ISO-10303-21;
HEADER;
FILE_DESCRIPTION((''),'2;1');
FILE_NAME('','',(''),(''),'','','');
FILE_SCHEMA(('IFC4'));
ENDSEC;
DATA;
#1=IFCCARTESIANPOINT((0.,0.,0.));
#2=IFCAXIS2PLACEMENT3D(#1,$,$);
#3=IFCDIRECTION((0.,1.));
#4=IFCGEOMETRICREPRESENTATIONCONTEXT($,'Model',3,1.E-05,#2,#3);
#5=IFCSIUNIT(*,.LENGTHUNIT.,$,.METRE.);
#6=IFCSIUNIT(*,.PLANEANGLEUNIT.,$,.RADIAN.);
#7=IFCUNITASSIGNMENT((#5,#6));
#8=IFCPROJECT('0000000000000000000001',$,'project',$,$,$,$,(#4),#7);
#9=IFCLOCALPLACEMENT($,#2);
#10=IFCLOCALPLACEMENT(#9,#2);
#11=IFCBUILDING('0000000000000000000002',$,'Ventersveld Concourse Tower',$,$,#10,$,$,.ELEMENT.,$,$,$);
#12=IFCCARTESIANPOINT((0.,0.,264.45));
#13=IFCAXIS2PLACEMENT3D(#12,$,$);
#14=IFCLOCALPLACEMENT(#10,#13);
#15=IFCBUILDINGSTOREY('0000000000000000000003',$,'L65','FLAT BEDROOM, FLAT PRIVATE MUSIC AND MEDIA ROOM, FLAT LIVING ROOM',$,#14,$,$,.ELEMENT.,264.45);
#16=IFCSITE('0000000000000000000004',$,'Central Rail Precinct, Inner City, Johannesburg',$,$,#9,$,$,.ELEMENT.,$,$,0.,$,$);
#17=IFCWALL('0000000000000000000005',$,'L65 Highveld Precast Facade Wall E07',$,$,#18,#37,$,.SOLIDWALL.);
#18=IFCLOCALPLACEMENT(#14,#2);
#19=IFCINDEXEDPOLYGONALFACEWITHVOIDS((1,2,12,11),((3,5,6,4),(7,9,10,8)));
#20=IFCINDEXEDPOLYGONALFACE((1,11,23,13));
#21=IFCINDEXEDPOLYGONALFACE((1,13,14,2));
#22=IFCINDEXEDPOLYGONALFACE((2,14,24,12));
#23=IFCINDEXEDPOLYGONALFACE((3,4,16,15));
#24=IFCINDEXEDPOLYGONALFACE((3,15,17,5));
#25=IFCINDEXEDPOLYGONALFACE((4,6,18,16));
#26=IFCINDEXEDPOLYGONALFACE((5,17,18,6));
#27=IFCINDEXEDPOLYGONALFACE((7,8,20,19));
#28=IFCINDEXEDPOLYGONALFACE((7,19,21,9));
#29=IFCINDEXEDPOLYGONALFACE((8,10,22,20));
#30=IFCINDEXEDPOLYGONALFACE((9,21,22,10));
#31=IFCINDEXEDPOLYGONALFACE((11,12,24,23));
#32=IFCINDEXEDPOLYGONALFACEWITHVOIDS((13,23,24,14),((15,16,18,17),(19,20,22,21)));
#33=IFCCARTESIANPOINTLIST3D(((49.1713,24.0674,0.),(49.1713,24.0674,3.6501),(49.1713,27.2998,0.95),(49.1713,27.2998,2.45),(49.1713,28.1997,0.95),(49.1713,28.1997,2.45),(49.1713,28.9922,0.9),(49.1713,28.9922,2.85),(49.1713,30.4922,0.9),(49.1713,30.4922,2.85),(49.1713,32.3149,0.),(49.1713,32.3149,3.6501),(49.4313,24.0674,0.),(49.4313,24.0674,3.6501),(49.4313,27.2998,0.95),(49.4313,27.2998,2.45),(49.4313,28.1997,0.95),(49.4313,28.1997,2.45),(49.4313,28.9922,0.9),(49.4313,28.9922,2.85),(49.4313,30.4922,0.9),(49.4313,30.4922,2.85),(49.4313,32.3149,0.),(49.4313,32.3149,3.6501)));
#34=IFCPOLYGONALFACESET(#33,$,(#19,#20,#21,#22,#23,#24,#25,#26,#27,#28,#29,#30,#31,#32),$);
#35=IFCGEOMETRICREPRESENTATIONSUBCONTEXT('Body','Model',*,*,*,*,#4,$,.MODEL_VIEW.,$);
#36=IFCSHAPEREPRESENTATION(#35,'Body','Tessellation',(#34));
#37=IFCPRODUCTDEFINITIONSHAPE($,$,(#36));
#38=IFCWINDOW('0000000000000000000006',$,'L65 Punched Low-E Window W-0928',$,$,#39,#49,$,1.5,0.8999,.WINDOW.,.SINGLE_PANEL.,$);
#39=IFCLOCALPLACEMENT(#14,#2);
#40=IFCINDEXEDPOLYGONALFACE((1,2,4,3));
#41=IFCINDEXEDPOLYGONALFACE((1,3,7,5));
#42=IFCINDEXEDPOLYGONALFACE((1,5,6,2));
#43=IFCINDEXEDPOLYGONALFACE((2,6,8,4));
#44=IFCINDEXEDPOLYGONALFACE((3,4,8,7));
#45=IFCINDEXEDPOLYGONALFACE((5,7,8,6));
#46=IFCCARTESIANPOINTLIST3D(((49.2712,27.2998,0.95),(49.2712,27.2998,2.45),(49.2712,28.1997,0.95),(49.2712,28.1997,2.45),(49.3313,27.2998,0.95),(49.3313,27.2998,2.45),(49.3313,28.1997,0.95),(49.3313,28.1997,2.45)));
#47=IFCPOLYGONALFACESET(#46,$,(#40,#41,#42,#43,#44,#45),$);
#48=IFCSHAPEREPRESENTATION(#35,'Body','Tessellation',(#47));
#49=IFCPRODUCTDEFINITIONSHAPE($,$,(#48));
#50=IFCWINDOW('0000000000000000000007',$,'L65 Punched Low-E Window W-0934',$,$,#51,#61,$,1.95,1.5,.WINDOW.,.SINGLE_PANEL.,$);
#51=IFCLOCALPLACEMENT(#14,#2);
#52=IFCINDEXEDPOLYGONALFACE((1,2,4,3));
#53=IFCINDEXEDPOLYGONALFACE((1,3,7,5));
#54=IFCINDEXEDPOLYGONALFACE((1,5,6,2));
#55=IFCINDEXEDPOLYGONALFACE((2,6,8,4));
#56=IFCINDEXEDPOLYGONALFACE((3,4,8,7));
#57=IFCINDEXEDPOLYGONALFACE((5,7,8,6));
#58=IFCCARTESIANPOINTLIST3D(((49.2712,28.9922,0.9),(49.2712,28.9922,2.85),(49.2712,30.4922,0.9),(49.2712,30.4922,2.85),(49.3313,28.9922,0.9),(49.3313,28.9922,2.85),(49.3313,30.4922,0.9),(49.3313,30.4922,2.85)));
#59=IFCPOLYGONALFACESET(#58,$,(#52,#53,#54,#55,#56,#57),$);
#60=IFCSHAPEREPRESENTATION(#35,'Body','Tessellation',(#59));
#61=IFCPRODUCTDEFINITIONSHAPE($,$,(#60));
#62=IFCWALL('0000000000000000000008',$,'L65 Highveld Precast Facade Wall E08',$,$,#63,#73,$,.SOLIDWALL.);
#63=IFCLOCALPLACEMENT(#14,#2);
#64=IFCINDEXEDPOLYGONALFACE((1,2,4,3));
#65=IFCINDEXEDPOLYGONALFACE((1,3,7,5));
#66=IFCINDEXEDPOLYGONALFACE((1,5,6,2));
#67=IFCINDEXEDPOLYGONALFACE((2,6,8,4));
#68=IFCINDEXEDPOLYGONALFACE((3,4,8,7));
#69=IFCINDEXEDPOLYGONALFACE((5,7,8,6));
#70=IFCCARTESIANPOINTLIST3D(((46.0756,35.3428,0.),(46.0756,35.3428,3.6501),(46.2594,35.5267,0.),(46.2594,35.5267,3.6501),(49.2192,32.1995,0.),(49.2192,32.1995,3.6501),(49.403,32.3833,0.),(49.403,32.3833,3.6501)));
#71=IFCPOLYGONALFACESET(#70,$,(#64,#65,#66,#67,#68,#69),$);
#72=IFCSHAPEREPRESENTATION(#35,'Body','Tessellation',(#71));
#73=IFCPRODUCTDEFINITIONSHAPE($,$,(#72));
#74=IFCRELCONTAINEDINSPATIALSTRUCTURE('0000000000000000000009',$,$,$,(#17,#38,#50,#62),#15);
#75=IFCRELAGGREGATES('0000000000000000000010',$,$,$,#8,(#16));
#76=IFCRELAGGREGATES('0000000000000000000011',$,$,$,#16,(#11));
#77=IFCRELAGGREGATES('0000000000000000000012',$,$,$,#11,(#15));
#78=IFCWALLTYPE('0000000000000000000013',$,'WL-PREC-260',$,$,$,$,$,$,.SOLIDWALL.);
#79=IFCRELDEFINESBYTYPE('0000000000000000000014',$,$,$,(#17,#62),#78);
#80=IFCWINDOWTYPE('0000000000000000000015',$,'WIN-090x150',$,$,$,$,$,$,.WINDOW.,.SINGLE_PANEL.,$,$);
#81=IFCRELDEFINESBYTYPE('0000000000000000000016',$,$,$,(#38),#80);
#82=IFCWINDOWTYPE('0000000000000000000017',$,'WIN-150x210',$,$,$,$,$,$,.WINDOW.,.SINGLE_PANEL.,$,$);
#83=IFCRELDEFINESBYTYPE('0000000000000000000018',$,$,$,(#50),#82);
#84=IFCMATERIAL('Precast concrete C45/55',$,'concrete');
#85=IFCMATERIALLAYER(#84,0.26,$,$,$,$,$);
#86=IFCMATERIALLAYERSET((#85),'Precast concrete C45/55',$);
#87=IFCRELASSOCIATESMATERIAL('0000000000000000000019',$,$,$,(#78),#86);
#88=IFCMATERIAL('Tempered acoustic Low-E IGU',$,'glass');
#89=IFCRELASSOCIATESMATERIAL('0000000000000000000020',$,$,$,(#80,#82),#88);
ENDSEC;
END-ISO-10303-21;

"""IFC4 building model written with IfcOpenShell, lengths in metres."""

from ifc_helpers import new_model, si_unit, direction, frame, frame_2d, origin, place, context, subcontext, project, spatial, rectangle, extrude, material, layer, layer_set, type_object, element, fill, save


model = new_model("IFC4")

# Units and contexts
model_context = context("Model", 3, precision=1e-05, world=origin(), true_north=direction((0.0, 1.0)))
body_context = subcontext(model_context, "Body", "Model", "MODEL_VIEW")
ifc_project = project(units=[si_unit("LENGTHUNIT", "METRE"), si_unit("PLANEANGLEUNIT", "RADIAN")], contexts=[model_context])

# Site, building, storey
site_placement = place(None, origin())
site = spatial("IfcSite", under=ifc_project, at=site_placement, Name="Central Rail Precinct, Inner City, Johannesburg", CompositionType="ELEMENT", RefElevation=0.0)
building_placement = place(site_placement, origin())
building = spatial("IfcBuilding", under=site, at=building_placement, Name="Ventersveld Concourse Tower", CompositionType="ELEMENT")
storey_placement = place(building_placement, frame((0.0, 0.0, 264.45)))
storey = spatial("IfcBuildingStorey", under=building, at=storey_placement, Name="L65", Description="FLAT BEDROOM, FLAT PRIVATE MUSIC AND MEDIA ROOM, FLAT LIVING ROOM", CompositionType="ELEMENT", Elevation=264.45)

# Shared definitions
ifc_material_1 = material(Name="Precast concrete C45/55", Category="concrete")
ifc_layer_1 = layer(ifc_material_1, 0.26)
ifc_layer_set_1 = layer_set([ifc_layer_1], Name="Precast concrete C45/55")
wall_type_1 = type_object("IfcWallType", Name="WL-PREC-260", PredefinedType="SOLIDWALL", material=ifc_layer_set_1)

# Wall, openings, windows
wall_1_placement = place(storey_placement, frame((49.3013, 24.0674, 0.0), z_axis=(0.0, 0.0, 1.0), x_axis=(0.0, 1.0, 0.0)))
wall_1 = element("IfcWall", 1, at=wall_1_placement, inside=storey, type_object=wall_type_1, Name="L65 Highveld Precast Facade Wall E07", PredefinedType="SOLIDWALL", context=body_context, shape_type="SweptSolid", body=[
    extrude(rectangle(XDim=8.2476, YDim=0.26, at=frame_2d((4.1238, 0.0))), origin(), (0.0, 0.0, 1.0), 3.6501),
])
opening_1_placement = place(wall_1_placement, frame((3.2324, 0.0, 0.95)))
opening_1 = element("IfcOpeningElement", 2, at=opening_1_placement, cuts=wall_1, PredefinedType="OPENING", context=body_context, shape_type="SweptSolid", body=[
    extrude(rectangle(XDim=0.8999, YDim=1.5, at=frame_2d((0.45, 0.75))), frame((0.0, 0.1401, 0.0), z_axis=(0.0, -1.0, 0.0), x_axis=(1.0, 0.0, 0.0)), (0.0, 0.0, 1.0), 0.28),
])
opening_2_placement = place(wall_1_placement, frame((4.9248, 0.0, 0.8999)))
opening_2 = element("IfcOpeningElement", 3, at=opening_2_placement, cuts=wall_1, PredefinedType="OPENING", context=body_context, shape_type="SweptSolid", body=[
    extrude(rectangle(XDim=1.5, YDim=1.95, at=frame_2d((0.75, 0.9751))), frame((0.0, 0.1401, 0.0), z_axis=(0.0, -1.0, 0.0), x_axis=(1.0, 0.0, 0.0)), (0.0, 0.0, 1.0), 0.28),
])
ifc_material_2 = material(Name="Tempered acoustic Low-E IGU", Category="glass")
window_type_1 = type_object("IfcWindowType", Name="WIN-090x150", PartitioningType="SINGLE_PANEL", PredefinedType="WINDOW", material=ifc_material_2)
window_1_placement = place(opening_1_placement, origin())
window_1 = element("IfcWindow", 4, at=window_1_placement, inside=storey, type_object=window_type_1, Name="L65 Punched Low-E Window W-0928", OverallHeight=1.5, OverallWidth=0.8999, PartitioningType="SINGLE_PANEL", PredefinedType="WINDOW", context=body_context, shape_type="SweptSolid", body=[
    extrude(rectangle(XDim=0.8999, YDim=1.5, at=frame_2d((0.45, 0.75))), frame((0.0, 0.03, 0.0), z_axis=(0.0, -1.0, 0.0), x_axis=(1.0, 0.0, 0.0)), (0.0, 0.0, 1.0), 0.0601),
])
fill(opening_1, window_1)
window_type_2 = type_object("IfcWindowType", Name="WIN-150x210", PartitioningType="SINGLE_PANEL", PredefinedType="WINDOW", material=ifc_material_2)
window_2_placement = place(opening_2_placement, origin())
window_2 = element("IfcWindow", 5, at=window_2_placement, inside=storey, type_object=window_type_2, Name="L65 Punched Low-E Window W-0934", OverallHeight=1.95, OverallWidth=1.5, PartitioningType="SINGLE_PANEL", PredefinedType="WINDOW", context=body_context, shape_type="SweptSolid", body=[
    extrude(rectangle(XDim=1.5, YDim=1.95, at=frame_2d((0.75, 0.9751))), frame((0.0, 0.03, 0.0), z_axis=(0.0, -1.0, 0.0), x_axis=(1.0, 0.0, 0.0)), (0.0, 0.0, 1.0), 0.0601),
])
fill(opening_2, window_2)

# Wall
wall_2_placement = place(storey_placement, frame((49.311, 32.2915, 0.0), z_axis=(0.0, 0.0, 1.0), x_axis=(-0.707134, 0.707079, 0.0)))
element("IfcWall", 6, at=wall_2_placement, inside=storey, type_object=wall_type_1, Name="L65 Highveld Precast Facade Wall E08", PredefinedType="SOLIDWALL", context=body_context, shape_type="SweptSolid", body=[
    extrude(rectangle(XDim=4.4456, YDim=0.26, at=frame_2d((2.2227, 0.0))), origin(), (0.0, 0.0, 1.0), 3.6501),
])

save(model, "model.ifc")
